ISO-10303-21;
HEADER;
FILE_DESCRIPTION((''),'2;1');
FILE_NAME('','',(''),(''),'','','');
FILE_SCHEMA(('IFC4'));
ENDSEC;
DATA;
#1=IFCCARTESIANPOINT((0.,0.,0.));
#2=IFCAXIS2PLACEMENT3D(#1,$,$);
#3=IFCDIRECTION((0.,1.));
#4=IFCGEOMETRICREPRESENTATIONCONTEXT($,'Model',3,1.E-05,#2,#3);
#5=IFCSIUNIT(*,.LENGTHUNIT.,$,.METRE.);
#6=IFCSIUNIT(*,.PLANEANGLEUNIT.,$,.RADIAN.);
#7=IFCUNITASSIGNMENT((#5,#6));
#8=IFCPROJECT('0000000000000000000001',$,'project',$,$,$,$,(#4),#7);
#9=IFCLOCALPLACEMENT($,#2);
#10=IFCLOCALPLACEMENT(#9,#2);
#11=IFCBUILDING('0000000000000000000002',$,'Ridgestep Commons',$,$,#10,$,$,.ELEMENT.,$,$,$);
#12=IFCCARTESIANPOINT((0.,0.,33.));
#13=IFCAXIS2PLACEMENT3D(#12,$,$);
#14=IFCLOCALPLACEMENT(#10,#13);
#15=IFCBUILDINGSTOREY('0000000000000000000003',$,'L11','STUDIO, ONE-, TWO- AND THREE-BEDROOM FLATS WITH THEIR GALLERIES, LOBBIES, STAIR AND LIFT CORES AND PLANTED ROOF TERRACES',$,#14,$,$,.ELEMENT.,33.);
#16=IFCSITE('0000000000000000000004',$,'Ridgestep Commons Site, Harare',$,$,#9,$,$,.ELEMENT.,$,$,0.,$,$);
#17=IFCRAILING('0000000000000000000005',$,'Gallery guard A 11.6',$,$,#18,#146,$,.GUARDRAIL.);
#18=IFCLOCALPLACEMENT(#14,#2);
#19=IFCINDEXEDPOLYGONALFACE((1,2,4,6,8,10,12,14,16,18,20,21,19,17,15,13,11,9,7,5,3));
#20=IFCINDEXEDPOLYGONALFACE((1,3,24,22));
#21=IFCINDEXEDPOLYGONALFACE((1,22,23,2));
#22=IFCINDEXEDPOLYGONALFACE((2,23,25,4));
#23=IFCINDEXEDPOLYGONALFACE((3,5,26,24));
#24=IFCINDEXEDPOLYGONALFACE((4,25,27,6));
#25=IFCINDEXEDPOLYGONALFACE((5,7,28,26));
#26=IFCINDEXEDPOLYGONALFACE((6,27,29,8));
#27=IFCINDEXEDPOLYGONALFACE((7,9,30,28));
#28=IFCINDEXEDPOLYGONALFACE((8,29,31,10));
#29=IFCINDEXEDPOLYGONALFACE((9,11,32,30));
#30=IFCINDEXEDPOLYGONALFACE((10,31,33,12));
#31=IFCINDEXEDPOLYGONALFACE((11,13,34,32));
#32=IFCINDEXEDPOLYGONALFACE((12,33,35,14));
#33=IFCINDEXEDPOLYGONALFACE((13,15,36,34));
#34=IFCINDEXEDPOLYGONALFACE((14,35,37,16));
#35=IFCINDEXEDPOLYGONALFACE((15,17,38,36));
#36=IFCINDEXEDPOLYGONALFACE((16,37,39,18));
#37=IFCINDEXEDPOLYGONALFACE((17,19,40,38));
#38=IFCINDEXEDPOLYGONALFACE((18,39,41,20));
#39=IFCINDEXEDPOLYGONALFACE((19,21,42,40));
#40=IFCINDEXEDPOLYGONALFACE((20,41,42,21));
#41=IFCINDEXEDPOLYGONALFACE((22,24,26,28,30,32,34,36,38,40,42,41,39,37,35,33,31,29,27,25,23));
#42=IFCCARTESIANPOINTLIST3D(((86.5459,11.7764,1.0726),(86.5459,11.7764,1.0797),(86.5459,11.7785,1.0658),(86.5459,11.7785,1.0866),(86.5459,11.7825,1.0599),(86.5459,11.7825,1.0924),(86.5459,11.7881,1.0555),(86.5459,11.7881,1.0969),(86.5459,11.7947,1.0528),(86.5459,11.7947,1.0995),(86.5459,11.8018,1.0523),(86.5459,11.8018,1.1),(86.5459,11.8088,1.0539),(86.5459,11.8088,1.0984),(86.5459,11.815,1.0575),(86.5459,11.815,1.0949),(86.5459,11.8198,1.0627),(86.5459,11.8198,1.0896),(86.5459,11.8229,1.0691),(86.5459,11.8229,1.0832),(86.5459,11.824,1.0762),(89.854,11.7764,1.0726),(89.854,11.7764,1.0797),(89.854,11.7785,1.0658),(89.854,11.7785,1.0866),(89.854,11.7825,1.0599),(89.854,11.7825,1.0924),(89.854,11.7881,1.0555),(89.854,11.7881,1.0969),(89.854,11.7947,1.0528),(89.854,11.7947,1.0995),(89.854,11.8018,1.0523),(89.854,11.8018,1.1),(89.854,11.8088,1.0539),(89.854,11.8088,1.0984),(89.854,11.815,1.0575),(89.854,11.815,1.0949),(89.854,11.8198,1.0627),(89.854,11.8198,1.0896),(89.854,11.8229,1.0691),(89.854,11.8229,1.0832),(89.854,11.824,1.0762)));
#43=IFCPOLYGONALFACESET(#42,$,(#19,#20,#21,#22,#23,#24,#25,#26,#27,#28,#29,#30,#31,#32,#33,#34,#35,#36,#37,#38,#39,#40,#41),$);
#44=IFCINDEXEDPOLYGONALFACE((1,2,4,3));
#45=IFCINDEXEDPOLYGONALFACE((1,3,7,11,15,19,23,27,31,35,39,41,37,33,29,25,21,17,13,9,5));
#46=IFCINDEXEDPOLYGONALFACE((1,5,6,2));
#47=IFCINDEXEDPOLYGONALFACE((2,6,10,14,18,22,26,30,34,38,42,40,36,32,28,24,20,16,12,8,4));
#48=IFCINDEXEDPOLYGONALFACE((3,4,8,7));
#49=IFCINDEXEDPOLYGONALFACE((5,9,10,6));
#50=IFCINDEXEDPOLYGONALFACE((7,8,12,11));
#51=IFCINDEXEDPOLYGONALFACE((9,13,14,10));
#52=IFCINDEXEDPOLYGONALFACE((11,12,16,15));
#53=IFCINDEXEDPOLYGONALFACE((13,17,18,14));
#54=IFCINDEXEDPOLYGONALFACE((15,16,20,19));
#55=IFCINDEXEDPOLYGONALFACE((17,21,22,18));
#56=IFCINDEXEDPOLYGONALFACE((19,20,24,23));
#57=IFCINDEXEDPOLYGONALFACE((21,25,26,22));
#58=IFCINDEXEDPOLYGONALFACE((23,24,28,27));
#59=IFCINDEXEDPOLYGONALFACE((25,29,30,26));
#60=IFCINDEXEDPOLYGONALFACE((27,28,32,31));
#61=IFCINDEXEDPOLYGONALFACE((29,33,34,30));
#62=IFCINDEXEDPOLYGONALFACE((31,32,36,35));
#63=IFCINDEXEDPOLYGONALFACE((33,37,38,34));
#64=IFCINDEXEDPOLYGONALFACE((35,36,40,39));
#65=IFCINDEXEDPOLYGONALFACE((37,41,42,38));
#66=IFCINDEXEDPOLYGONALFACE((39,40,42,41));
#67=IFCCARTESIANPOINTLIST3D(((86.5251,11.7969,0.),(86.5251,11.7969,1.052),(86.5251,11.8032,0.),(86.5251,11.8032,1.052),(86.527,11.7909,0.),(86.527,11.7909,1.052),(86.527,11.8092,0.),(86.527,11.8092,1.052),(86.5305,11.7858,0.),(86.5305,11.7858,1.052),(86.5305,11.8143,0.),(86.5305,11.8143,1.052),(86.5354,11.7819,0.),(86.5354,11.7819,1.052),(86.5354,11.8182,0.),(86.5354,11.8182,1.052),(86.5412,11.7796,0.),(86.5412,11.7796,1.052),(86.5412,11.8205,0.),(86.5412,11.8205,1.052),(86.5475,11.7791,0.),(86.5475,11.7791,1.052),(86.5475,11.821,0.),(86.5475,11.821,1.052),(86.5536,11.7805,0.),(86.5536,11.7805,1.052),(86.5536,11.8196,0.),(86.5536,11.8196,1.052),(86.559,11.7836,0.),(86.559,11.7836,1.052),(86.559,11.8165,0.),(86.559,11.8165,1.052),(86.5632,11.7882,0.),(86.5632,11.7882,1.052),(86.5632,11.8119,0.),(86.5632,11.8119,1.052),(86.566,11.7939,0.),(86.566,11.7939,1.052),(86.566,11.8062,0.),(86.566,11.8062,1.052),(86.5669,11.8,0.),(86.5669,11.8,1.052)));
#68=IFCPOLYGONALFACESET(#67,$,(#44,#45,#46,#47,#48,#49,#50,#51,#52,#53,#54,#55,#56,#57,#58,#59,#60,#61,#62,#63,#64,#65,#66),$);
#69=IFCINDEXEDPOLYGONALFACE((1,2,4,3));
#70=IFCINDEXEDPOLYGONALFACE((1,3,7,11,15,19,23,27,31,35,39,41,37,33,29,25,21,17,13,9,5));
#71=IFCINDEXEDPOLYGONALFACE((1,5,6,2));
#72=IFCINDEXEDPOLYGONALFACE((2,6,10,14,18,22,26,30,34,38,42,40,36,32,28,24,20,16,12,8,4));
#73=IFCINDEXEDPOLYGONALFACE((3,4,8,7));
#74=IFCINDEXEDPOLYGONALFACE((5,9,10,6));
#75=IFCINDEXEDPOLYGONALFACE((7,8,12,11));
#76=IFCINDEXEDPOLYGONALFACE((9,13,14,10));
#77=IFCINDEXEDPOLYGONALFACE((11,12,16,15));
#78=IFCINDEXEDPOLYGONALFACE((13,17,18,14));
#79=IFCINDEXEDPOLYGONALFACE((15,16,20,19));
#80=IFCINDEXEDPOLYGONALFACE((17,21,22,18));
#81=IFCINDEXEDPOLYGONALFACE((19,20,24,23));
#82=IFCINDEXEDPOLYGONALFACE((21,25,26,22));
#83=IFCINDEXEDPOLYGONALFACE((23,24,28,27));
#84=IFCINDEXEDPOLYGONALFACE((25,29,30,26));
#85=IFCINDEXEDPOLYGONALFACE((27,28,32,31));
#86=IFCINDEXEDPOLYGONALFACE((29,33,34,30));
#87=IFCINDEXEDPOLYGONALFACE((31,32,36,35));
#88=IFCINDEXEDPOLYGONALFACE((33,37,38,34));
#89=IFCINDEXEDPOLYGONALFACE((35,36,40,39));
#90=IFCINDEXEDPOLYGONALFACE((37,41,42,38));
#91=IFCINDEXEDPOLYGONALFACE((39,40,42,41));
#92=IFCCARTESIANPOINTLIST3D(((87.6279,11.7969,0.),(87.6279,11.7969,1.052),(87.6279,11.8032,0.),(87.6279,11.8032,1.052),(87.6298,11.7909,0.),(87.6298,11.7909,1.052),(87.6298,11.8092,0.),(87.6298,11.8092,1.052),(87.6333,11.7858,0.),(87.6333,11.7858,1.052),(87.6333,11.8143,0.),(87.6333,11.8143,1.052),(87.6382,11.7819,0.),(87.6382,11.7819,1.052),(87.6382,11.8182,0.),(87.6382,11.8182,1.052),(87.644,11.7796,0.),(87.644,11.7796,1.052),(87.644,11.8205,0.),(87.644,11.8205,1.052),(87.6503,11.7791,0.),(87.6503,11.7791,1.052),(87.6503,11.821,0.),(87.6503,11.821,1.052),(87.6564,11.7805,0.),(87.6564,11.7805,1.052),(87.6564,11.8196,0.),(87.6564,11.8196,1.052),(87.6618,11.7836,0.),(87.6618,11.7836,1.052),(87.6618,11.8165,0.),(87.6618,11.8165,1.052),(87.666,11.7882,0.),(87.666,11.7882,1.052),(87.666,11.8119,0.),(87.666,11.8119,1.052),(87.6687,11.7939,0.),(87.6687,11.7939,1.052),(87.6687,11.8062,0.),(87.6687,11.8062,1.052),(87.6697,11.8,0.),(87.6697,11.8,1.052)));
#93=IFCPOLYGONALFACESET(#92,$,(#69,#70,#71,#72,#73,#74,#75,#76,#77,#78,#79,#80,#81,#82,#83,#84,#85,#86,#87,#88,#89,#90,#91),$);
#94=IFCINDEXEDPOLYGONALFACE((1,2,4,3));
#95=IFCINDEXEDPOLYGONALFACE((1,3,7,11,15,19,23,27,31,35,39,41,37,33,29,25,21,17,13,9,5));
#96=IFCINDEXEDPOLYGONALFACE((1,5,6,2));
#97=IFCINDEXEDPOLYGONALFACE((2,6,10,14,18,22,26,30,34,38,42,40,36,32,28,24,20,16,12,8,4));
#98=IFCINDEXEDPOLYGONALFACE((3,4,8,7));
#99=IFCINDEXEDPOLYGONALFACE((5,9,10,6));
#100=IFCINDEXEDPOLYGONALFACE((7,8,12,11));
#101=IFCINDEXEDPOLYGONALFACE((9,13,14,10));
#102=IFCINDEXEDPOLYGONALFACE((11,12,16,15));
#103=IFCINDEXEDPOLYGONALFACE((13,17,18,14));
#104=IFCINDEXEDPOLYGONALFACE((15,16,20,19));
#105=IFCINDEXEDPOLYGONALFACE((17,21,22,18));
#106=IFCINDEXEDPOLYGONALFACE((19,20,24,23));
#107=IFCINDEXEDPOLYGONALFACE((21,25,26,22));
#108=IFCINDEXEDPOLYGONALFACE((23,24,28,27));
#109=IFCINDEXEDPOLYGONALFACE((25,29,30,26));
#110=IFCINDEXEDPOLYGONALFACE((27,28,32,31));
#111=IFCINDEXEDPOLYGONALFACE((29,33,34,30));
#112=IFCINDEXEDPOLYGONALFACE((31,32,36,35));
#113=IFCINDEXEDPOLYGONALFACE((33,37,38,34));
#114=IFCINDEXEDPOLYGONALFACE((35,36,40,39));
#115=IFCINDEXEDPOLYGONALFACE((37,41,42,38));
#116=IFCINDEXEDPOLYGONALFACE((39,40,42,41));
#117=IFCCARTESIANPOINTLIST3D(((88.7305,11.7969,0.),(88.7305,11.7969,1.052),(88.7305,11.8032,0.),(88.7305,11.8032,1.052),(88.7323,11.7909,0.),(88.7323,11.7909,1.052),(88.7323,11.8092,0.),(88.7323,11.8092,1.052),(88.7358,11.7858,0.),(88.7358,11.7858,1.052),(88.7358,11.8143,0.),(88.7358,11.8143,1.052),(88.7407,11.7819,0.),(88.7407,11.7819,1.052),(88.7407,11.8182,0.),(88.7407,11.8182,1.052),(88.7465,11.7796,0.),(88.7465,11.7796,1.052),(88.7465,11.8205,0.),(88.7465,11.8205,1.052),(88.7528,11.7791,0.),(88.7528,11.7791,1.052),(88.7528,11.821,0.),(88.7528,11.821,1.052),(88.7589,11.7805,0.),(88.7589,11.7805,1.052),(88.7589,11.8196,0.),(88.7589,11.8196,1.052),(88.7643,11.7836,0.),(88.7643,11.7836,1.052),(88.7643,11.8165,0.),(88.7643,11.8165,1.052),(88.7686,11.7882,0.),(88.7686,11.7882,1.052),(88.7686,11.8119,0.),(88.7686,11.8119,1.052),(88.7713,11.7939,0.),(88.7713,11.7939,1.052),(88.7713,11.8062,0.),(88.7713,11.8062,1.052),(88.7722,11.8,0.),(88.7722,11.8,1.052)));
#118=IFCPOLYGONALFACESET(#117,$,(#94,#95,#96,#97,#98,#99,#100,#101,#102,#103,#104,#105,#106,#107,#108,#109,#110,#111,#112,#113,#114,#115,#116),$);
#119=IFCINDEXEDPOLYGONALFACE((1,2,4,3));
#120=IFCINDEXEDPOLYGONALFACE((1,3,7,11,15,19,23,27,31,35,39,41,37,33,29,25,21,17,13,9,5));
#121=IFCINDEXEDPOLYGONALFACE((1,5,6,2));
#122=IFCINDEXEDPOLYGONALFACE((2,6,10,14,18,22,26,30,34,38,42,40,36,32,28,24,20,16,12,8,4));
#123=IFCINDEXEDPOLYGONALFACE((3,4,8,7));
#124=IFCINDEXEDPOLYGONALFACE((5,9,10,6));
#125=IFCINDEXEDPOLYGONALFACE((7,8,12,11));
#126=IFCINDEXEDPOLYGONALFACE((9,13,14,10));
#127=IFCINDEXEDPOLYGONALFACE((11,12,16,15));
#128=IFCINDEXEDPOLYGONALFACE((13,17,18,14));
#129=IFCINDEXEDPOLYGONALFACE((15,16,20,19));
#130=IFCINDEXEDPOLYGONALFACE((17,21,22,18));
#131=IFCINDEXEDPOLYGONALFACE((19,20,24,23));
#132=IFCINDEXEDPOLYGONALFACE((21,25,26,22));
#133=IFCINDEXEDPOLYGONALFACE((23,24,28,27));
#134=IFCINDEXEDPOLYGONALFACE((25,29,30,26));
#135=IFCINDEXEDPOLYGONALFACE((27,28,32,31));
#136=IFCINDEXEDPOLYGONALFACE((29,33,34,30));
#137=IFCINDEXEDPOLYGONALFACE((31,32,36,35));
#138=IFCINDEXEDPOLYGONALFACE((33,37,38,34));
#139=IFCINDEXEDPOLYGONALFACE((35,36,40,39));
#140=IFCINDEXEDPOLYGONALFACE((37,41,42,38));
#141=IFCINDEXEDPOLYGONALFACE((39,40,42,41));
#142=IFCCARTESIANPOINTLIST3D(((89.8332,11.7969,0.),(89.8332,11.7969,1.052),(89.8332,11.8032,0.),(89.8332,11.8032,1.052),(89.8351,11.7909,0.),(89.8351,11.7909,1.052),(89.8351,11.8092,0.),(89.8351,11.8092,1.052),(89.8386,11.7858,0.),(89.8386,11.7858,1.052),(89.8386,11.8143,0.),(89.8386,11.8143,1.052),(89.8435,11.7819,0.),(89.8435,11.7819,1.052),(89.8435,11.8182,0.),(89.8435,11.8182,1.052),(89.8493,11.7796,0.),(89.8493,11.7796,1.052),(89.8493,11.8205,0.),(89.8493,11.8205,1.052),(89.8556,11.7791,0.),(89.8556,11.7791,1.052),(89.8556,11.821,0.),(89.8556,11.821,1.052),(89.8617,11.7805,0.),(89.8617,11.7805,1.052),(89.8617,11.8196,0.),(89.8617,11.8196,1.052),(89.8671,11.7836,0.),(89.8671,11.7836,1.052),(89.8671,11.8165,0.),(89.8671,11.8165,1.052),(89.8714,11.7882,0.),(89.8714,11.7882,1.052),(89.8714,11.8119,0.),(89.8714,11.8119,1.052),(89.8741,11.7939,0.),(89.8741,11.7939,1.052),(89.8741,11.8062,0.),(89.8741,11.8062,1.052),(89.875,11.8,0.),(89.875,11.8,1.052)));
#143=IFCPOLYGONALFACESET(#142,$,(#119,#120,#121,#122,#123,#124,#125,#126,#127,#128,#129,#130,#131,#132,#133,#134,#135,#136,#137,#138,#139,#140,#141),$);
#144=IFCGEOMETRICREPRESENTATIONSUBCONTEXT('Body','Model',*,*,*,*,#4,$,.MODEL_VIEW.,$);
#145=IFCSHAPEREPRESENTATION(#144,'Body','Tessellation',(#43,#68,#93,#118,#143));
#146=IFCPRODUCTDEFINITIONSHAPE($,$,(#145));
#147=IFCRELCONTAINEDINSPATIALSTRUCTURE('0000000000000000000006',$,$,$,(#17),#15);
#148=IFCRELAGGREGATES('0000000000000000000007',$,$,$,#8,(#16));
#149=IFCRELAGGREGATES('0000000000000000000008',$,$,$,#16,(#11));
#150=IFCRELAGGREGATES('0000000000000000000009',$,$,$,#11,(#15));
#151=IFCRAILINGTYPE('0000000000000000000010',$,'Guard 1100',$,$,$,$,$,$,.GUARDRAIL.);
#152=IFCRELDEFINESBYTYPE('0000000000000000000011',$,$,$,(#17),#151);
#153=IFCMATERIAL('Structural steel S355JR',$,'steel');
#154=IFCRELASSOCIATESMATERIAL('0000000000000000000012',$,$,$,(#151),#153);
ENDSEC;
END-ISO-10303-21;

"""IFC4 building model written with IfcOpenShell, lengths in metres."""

from ifc_helpers import new_model, si_unit, direction, frame, origin, origin_2d, place, context, subcontext, project, spatial, circle, extrude, material, type_object, element, save


model = new_model("IFC4")

# Units and contexts
model_context = context("Model", 3, precision=1e-05, world=origin(), true_north=direction((0.0, 1.0)))
body_context = subcontext(model_context, "Body", "Model", "MODEL_VIEW")
ifc_project = project(units=[si_unit("LENGTHUNIT", "METRE"), si_unit("PLANEANGLEUNIT", "RADIAN")], contexts=[model_context])

# Site, building, storey
site_placement = place(None, origin())
site = spatial("IfcSite", under=ifc_project, at=site_placement, Name="Ridgestep Commons Site, Harare", CompositionType="ELEMENT", RefElevation=0.0)
building_placement = place(site_placement, origin())
building = spatial("IfcBuilding", under=site, at=building_placement, Name="Ridgestep Commons", CompositionType="ELEMENT")
storey_placement = place(building_placement, frame((0.0, 0.0, 33.0)))
storey = spatial("IfcBuildingStorey", under=building, at=storey_placement, Name="L11", Description="STUDIO, ONE-, TWO- AND THREE-BEDROOM FLATS WITH THEIR GALLERIES, LOBBIES, STAIR AND LIFT CORES AND PLANTED ROOF TERRACES", CompositionType="ELEMENT", Elevation=33.0)

# Railing
ifc_material_1 = material(Name="Structural steel S355JR", Category="steel")
railing_type_1 = type_object("IfcRailingType", Name="Guard 1100", PredefinedType="GUARDRAIL", material=ifc_material_1)
railing_1_placement = place(storey_placement, frame((86.5459, 11.8, 0.0)))
element("IfcRailing", 1, at=railing_1_placement, inside=storey, type_object=railing_type_1, Name="Gallery guard A 11.6", PredefinedType="GUARDRAIL", context=body_context, shape_type="SweptSolid", body=[
    extrude(circle(Radius=0.0239, at=origin_2d()), frame((0.0, 0.0, 1.0762), z_axis=(1.0, 0.0, 0.0), x_axis=(0.0, 1.0, 0.0)), (0.0, 0.0, 1.0), 3.3081),
    extrude(circle(Radius=0.021, at=origin_2d()), origin(), (0.0, 0.0, 1.0), 1.052),
    extrude(circle(Radius=0.021, at=origin_2d()), frame((1.1028, 0.0, 0.0)), (0.0, 0.0, 1.0), 1.052),
    extrude(circle(Radius=0.021, at=origin_2d()), frame((2.2053, 0.0, 0.0)), (0.0, 0.0, 1.0), 1.052),
    extrude(circle(Radius=0.021, at=origin_2d()), frame((3.3081, 0.0, 0.0)), (0.0, 0.0, 1.0), 1.052),
])

save(model, "model.ifc")
